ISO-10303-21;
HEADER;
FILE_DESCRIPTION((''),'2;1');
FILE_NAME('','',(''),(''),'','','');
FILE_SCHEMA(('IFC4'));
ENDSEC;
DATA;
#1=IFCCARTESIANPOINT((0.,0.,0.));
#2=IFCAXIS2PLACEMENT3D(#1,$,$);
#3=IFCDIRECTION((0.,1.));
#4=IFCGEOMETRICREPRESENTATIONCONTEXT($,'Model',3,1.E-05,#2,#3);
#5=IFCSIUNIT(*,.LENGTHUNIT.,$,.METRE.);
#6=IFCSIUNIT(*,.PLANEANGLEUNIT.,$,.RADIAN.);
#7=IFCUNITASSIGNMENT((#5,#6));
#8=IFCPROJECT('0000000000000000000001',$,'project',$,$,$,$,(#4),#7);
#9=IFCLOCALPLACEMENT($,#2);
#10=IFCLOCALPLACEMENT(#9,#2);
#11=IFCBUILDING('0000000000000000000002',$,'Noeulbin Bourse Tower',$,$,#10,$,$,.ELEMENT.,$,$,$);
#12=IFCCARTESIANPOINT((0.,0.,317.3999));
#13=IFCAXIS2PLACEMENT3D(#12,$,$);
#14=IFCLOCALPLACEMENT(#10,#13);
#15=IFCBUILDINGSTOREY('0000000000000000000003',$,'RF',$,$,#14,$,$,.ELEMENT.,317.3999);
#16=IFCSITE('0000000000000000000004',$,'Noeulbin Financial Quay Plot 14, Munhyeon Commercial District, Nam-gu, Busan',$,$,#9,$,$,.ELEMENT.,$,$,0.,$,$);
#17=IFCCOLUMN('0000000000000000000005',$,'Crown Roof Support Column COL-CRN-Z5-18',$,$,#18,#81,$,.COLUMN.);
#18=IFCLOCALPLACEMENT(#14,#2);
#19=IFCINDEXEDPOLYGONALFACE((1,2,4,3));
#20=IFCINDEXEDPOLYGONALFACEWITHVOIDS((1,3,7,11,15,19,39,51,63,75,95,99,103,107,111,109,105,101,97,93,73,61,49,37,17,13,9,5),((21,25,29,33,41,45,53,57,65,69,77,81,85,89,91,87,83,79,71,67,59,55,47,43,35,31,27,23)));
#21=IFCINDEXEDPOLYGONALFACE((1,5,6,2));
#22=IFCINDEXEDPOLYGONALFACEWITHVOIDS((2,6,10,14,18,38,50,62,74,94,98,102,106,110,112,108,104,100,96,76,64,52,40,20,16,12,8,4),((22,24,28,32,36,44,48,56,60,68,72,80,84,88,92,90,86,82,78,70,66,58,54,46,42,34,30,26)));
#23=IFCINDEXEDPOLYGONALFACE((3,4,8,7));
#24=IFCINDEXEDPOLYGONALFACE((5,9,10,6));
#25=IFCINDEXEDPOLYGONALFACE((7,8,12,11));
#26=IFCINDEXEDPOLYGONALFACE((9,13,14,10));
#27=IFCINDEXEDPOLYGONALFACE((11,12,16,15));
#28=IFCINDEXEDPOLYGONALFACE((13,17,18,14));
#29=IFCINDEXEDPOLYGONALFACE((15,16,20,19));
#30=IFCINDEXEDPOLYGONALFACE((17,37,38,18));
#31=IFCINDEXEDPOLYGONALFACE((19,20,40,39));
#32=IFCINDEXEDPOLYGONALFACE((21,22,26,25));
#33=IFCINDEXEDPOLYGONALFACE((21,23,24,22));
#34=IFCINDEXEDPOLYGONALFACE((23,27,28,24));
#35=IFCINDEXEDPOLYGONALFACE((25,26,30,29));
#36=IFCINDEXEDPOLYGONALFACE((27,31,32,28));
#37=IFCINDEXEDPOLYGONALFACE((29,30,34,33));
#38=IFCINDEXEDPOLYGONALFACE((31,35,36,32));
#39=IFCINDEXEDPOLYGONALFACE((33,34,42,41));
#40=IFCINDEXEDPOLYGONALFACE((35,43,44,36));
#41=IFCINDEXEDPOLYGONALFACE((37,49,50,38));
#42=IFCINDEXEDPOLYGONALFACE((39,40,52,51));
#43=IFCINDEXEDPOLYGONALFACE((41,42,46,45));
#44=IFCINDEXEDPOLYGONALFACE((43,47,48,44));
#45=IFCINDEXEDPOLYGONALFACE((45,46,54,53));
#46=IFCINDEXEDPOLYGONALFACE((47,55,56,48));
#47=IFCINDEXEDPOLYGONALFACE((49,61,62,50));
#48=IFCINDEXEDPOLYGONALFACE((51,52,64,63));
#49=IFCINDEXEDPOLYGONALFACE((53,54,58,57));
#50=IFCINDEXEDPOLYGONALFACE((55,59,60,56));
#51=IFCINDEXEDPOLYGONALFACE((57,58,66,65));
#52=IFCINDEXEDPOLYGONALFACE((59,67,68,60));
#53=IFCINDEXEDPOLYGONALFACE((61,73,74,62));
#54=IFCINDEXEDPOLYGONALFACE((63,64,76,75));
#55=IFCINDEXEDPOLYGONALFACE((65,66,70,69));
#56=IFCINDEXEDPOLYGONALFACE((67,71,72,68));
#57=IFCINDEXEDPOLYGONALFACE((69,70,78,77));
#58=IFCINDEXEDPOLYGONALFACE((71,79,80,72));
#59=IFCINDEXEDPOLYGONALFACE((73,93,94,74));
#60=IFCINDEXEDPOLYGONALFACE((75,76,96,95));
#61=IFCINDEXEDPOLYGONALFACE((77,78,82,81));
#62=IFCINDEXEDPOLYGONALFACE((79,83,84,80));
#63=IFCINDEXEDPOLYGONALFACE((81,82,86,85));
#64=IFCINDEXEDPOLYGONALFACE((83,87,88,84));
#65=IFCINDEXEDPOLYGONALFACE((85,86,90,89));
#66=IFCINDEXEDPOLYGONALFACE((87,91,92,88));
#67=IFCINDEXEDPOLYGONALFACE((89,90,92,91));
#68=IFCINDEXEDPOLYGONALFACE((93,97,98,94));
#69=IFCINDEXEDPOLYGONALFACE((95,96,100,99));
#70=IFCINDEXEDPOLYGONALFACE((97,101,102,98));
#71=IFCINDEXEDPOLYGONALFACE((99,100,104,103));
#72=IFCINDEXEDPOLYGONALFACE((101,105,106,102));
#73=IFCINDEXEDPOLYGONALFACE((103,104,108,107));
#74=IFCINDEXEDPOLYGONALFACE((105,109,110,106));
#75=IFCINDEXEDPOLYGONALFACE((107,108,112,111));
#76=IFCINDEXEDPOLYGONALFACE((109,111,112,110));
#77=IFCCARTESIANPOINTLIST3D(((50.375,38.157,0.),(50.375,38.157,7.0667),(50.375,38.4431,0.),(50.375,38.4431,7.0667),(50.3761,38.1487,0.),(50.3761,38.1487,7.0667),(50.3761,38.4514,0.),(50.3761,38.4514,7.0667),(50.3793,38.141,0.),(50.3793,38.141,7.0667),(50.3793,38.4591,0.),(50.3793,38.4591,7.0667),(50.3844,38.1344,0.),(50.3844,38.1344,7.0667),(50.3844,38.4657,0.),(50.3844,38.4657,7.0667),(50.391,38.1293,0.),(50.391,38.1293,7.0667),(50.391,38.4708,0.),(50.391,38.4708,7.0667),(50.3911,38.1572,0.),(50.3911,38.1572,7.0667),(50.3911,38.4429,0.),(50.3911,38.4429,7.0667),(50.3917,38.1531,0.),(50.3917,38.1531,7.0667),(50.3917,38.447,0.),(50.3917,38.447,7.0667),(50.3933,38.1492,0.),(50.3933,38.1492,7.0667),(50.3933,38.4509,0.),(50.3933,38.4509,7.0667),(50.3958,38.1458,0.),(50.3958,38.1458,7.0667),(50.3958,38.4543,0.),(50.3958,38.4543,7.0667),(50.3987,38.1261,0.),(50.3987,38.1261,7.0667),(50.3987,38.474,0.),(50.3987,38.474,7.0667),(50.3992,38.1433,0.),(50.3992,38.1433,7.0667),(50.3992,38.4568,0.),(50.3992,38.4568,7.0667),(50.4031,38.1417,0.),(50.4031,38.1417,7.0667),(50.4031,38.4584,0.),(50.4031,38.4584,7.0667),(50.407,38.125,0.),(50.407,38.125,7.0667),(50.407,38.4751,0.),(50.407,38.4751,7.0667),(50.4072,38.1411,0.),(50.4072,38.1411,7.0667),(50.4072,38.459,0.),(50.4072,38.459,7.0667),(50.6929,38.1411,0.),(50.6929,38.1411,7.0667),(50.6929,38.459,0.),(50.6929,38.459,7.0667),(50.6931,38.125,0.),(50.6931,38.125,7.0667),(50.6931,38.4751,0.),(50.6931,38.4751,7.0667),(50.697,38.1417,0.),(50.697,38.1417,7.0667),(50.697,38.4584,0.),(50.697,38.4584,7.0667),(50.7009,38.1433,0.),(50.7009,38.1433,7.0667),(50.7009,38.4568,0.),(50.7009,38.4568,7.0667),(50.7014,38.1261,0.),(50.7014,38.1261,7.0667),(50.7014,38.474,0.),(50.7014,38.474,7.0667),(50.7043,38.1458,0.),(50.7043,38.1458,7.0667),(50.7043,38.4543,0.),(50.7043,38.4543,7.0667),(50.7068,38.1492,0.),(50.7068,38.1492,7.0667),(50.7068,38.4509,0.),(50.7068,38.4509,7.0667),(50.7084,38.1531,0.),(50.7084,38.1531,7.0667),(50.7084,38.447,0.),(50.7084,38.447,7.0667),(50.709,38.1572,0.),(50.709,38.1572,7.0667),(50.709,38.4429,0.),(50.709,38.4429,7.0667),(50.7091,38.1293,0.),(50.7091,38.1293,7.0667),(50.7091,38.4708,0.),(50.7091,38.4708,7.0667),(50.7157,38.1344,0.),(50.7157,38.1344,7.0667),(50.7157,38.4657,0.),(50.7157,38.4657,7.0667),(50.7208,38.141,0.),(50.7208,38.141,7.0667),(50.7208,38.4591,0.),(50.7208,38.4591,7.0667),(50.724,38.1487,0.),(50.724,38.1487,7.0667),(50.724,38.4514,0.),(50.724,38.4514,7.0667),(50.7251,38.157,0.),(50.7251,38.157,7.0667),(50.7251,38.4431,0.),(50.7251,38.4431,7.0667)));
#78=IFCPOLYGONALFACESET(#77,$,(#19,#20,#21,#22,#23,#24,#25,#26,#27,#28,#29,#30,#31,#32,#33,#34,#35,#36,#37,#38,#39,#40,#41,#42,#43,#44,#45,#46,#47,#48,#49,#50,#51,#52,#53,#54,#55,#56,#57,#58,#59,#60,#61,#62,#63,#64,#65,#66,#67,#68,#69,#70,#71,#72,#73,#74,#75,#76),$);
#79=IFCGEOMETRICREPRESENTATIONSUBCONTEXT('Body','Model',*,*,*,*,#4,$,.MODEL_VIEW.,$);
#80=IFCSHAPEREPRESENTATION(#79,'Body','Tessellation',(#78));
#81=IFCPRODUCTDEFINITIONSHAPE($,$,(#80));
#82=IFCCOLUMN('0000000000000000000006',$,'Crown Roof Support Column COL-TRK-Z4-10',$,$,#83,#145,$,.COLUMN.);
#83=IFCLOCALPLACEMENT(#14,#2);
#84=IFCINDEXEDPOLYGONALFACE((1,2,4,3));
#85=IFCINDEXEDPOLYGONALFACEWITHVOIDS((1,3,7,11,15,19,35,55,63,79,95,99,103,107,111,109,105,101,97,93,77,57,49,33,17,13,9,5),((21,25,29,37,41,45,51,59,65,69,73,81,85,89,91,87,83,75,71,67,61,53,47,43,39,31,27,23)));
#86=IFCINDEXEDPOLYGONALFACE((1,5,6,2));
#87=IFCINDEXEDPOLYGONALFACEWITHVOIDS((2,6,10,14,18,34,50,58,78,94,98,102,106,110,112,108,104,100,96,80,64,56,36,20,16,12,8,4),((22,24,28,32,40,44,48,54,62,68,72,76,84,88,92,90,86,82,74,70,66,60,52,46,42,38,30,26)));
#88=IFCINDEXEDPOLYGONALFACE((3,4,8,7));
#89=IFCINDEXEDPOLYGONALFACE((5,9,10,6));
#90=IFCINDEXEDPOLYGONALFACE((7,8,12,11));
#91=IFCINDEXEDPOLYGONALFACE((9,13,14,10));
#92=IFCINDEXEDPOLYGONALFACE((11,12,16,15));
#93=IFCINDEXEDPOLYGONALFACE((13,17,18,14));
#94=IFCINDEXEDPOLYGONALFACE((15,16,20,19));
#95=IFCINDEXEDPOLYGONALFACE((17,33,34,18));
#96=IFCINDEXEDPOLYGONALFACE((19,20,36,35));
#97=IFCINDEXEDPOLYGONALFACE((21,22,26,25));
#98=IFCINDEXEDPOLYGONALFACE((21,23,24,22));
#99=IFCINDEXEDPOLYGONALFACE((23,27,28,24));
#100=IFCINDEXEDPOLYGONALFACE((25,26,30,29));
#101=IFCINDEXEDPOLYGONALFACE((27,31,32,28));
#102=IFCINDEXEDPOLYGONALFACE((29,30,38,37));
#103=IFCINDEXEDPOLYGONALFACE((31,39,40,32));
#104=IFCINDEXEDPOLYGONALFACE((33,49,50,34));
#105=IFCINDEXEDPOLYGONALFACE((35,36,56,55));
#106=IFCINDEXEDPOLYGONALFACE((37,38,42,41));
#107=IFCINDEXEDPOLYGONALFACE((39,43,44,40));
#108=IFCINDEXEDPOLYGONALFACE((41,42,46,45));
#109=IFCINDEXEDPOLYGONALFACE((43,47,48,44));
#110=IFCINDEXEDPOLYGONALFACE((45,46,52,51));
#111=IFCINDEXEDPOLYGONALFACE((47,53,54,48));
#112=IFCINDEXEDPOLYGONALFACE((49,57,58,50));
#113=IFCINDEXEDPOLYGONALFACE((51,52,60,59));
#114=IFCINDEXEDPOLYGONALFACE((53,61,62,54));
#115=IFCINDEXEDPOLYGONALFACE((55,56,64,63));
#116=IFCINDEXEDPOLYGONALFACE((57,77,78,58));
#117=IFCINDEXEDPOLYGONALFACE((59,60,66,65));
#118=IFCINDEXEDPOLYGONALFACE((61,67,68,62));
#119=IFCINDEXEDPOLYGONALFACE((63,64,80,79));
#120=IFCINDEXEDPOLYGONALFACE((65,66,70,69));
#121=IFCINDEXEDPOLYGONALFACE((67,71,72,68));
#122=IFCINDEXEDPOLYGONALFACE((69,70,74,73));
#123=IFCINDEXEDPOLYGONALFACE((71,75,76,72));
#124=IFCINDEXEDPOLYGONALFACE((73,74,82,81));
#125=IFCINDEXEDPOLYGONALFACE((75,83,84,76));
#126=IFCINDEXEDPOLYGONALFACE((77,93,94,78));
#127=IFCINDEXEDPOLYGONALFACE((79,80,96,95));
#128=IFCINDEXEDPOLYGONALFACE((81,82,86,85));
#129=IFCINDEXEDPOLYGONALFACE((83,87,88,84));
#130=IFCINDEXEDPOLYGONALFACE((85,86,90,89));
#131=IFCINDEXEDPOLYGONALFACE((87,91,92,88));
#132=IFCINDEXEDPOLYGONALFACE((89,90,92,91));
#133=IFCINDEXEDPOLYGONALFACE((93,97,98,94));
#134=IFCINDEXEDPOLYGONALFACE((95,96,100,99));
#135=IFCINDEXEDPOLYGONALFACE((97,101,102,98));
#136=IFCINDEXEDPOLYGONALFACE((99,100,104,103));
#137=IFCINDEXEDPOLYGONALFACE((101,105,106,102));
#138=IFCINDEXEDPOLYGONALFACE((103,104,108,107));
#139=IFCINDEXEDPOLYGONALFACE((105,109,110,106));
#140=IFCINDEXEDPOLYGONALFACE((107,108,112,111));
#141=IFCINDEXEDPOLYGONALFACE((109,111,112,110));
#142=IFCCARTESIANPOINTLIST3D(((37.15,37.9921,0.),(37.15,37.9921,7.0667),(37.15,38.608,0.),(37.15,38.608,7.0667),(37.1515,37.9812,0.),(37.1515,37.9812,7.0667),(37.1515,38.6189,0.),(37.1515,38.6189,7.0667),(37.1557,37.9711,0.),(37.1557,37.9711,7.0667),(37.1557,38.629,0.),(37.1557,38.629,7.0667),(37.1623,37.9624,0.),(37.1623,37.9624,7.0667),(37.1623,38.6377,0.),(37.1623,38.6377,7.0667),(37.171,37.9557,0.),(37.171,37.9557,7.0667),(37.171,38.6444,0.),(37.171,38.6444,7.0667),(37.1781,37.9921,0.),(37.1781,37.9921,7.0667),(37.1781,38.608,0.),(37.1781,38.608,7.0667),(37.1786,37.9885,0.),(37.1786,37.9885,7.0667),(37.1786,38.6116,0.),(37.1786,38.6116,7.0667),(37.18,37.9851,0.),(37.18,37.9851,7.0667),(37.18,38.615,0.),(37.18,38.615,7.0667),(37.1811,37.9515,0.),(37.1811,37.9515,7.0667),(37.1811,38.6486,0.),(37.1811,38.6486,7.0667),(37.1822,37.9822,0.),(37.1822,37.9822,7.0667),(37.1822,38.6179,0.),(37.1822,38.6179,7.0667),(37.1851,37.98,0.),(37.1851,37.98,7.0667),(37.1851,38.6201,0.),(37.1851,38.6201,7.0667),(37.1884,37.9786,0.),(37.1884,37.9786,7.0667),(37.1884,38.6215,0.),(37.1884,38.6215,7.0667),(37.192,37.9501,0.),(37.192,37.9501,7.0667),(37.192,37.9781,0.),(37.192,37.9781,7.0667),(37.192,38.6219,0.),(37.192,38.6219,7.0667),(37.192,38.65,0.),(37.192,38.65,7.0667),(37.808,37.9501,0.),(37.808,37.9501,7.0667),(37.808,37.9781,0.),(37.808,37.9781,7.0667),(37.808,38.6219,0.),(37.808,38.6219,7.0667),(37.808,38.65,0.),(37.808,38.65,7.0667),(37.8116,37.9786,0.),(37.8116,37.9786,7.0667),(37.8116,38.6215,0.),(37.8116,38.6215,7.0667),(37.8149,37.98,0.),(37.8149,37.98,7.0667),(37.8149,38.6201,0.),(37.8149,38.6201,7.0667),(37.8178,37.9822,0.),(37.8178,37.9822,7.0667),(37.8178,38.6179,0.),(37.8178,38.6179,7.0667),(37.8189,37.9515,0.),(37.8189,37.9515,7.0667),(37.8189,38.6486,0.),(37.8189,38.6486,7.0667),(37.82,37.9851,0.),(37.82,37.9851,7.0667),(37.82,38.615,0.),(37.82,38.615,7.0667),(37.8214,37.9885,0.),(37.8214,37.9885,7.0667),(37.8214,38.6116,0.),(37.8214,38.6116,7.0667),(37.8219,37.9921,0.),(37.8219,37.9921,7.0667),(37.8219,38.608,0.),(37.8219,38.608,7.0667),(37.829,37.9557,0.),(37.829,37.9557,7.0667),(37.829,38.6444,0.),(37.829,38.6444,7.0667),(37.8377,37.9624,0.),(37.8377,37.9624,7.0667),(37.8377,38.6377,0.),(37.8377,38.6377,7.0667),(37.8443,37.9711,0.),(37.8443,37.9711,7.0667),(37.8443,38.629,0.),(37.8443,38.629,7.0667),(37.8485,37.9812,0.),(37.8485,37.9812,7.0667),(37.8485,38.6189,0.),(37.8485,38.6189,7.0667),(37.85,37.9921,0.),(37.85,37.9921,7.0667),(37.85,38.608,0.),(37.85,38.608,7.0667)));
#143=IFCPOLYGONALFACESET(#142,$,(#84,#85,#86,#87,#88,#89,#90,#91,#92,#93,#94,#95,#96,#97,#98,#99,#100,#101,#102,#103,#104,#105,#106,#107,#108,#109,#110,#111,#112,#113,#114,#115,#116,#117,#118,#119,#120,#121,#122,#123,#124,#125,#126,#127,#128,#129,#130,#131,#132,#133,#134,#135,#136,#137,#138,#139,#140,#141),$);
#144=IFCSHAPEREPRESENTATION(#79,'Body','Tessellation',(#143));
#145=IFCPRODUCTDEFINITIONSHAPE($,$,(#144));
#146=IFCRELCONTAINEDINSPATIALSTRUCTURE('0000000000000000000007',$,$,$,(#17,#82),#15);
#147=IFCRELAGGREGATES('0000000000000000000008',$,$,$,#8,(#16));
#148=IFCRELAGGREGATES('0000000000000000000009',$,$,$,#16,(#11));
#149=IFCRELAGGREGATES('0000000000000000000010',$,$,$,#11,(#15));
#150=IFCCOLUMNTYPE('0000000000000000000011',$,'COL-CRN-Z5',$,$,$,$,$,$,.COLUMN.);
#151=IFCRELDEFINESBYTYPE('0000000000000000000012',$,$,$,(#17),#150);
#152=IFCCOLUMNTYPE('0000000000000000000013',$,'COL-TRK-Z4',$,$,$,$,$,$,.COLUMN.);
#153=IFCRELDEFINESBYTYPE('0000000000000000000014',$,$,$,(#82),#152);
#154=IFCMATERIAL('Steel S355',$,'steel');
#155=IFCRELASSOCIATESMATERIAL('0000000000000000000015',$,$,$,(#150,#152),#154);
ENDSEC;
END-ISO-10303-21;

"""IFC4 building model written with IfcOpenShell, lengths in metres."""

from ifc_helpers import new_model, si_unit, direction, frame, origin, origin_2d, place, context, subcontext, project, spatial, hollow_rectangle, extrude, material, material_profile, profile_set, type_object, element, save


model = new_model("IFC4")

# Units and contexts
model_context = context("Model", 3, precision=1e-05, world=origin(), true_north=direction((0.0, 1.0)))
body_context = subcontext(model_context, "Body", "Model", "MODEL_VIEW")
ifc_project = project(units=[si_unit("LENGTHUNIT", "METRE"), si_unit("PLANEANGLEUNIT", "RADIAN")], contexts=[model_context])

# Site, building, storey
site_placement = place(None, origin())
site = spatial("IfcSite", under=ifc_project, at=site_placement, Name="Noeulbin Financial Quay Plot 14, Munhyeon Commercial District, Nam-gu, Busan", CompositionType="ELEMENT", RefElevation=0.0)
building_placement = place(site_placement, origin())
building = spatial("IfcBuilding", under=site, at=building_placement, Name="Noeulbin Bourse Tower", CompositionType="ELEMENT")
storey_placement = place(building_placement, frame((0.0, 0.0, 317.3999)))
storey = spatial("IfcBuildingStorey", under=building, at=storey_placement, Name="RF", CompositionType="ELEMENT", Elevation=317.3999)

# Columns
ifc_material_1 = material(Name="Steel S355", Category="steel")
ifc_material_profile_1 = material_profile(ifc_material_1, hollow_rectangle(XDim=0.3501, YDim=0.3501, WallThickness=0.0161, InnerFilletRadius=0.0161, OuterFilletRadius=0.032, at=origin_2d()), Name="SHS-350x350x16", Category="LoadBearing")
ifc_profile_set_1 = profile_set([ifc_material_profile_1], Name="Steel S355")
column_type_1 = type_object("IfcColumnType", Name="COL-CRN-Z5", PredefinedType="COLUMN", material=ifc_profile_set_1)
column_placement = place(storey_placement, frame((50.55, 38.3, 0.0), z_axis=(0.0, 0.0, 1.0), x_axis=(1.0, 0.0, 0.0)))
element("IfcColumn", 1, at=column_placement, inside=storey, type_object=column_type_1, Name="Crown Roof Support Column COL-CRN-Z5-18", PredefinedType="COLUMN", context=body_context, shape_type="SweptSolid", body=[
    extrude(hollow_rectangle(XDim=0.3501, YDim=0.3501, WallThickness=0.0161, InnerFilletRadius=0.0161, OuterFilletRadius=0.032, at=origin_2d()), origin(), (0.0, 0.0, 1.0), 7.0667),
])
ifc_material_profile_2 = material_profile(ifc_material_1, hollow_rectangle(XDim=0.7, YDim=0.7, WallThickness=0.0281, InnerFilletRadius=0.0139, OuterFilletRadius=0.042, at=origin_2d()), Name="BOX-700x700x28", Category="LoadBearing")
ifc_profile_set_2 = profile_set([ifc_material_profile_2], Name="Steel S355")
column_type_2 = type_object("IfcColumnType", Name="COL-TRK-Z4", PredefinedType="COLUMN", material=ifc_profile_set_2)
for number, where, z_axis, x_axis, name in (
    (2, (37.5, 38.3, 0.0), (0.0, 0.0, 1.0), (1.0, 0.0, 0.0), "Crown Roof Support Column COL-TRK-Z4-10"),
):
    element("IfcColumn", number, at=place(storey_placement, frame(where, z_axis=z_axis, x_axis=x_axis)), inside=storey, type_object=column_type_2, Name=name, PredefinedType="COLUMN", context=body_context, shape_type="SweptSolid", body=[
        extrude(hollow_rectangle(XDim=0.7, YDim=0.7, WallThickness=0.0281, InnerFilletRadius=0.0139, OuterFilletRadius=0.042, at=origin_2d()), origin(), (0.0, 0.0, 1.0), 7.0667),
    ])

save(model, "model.ifc")
